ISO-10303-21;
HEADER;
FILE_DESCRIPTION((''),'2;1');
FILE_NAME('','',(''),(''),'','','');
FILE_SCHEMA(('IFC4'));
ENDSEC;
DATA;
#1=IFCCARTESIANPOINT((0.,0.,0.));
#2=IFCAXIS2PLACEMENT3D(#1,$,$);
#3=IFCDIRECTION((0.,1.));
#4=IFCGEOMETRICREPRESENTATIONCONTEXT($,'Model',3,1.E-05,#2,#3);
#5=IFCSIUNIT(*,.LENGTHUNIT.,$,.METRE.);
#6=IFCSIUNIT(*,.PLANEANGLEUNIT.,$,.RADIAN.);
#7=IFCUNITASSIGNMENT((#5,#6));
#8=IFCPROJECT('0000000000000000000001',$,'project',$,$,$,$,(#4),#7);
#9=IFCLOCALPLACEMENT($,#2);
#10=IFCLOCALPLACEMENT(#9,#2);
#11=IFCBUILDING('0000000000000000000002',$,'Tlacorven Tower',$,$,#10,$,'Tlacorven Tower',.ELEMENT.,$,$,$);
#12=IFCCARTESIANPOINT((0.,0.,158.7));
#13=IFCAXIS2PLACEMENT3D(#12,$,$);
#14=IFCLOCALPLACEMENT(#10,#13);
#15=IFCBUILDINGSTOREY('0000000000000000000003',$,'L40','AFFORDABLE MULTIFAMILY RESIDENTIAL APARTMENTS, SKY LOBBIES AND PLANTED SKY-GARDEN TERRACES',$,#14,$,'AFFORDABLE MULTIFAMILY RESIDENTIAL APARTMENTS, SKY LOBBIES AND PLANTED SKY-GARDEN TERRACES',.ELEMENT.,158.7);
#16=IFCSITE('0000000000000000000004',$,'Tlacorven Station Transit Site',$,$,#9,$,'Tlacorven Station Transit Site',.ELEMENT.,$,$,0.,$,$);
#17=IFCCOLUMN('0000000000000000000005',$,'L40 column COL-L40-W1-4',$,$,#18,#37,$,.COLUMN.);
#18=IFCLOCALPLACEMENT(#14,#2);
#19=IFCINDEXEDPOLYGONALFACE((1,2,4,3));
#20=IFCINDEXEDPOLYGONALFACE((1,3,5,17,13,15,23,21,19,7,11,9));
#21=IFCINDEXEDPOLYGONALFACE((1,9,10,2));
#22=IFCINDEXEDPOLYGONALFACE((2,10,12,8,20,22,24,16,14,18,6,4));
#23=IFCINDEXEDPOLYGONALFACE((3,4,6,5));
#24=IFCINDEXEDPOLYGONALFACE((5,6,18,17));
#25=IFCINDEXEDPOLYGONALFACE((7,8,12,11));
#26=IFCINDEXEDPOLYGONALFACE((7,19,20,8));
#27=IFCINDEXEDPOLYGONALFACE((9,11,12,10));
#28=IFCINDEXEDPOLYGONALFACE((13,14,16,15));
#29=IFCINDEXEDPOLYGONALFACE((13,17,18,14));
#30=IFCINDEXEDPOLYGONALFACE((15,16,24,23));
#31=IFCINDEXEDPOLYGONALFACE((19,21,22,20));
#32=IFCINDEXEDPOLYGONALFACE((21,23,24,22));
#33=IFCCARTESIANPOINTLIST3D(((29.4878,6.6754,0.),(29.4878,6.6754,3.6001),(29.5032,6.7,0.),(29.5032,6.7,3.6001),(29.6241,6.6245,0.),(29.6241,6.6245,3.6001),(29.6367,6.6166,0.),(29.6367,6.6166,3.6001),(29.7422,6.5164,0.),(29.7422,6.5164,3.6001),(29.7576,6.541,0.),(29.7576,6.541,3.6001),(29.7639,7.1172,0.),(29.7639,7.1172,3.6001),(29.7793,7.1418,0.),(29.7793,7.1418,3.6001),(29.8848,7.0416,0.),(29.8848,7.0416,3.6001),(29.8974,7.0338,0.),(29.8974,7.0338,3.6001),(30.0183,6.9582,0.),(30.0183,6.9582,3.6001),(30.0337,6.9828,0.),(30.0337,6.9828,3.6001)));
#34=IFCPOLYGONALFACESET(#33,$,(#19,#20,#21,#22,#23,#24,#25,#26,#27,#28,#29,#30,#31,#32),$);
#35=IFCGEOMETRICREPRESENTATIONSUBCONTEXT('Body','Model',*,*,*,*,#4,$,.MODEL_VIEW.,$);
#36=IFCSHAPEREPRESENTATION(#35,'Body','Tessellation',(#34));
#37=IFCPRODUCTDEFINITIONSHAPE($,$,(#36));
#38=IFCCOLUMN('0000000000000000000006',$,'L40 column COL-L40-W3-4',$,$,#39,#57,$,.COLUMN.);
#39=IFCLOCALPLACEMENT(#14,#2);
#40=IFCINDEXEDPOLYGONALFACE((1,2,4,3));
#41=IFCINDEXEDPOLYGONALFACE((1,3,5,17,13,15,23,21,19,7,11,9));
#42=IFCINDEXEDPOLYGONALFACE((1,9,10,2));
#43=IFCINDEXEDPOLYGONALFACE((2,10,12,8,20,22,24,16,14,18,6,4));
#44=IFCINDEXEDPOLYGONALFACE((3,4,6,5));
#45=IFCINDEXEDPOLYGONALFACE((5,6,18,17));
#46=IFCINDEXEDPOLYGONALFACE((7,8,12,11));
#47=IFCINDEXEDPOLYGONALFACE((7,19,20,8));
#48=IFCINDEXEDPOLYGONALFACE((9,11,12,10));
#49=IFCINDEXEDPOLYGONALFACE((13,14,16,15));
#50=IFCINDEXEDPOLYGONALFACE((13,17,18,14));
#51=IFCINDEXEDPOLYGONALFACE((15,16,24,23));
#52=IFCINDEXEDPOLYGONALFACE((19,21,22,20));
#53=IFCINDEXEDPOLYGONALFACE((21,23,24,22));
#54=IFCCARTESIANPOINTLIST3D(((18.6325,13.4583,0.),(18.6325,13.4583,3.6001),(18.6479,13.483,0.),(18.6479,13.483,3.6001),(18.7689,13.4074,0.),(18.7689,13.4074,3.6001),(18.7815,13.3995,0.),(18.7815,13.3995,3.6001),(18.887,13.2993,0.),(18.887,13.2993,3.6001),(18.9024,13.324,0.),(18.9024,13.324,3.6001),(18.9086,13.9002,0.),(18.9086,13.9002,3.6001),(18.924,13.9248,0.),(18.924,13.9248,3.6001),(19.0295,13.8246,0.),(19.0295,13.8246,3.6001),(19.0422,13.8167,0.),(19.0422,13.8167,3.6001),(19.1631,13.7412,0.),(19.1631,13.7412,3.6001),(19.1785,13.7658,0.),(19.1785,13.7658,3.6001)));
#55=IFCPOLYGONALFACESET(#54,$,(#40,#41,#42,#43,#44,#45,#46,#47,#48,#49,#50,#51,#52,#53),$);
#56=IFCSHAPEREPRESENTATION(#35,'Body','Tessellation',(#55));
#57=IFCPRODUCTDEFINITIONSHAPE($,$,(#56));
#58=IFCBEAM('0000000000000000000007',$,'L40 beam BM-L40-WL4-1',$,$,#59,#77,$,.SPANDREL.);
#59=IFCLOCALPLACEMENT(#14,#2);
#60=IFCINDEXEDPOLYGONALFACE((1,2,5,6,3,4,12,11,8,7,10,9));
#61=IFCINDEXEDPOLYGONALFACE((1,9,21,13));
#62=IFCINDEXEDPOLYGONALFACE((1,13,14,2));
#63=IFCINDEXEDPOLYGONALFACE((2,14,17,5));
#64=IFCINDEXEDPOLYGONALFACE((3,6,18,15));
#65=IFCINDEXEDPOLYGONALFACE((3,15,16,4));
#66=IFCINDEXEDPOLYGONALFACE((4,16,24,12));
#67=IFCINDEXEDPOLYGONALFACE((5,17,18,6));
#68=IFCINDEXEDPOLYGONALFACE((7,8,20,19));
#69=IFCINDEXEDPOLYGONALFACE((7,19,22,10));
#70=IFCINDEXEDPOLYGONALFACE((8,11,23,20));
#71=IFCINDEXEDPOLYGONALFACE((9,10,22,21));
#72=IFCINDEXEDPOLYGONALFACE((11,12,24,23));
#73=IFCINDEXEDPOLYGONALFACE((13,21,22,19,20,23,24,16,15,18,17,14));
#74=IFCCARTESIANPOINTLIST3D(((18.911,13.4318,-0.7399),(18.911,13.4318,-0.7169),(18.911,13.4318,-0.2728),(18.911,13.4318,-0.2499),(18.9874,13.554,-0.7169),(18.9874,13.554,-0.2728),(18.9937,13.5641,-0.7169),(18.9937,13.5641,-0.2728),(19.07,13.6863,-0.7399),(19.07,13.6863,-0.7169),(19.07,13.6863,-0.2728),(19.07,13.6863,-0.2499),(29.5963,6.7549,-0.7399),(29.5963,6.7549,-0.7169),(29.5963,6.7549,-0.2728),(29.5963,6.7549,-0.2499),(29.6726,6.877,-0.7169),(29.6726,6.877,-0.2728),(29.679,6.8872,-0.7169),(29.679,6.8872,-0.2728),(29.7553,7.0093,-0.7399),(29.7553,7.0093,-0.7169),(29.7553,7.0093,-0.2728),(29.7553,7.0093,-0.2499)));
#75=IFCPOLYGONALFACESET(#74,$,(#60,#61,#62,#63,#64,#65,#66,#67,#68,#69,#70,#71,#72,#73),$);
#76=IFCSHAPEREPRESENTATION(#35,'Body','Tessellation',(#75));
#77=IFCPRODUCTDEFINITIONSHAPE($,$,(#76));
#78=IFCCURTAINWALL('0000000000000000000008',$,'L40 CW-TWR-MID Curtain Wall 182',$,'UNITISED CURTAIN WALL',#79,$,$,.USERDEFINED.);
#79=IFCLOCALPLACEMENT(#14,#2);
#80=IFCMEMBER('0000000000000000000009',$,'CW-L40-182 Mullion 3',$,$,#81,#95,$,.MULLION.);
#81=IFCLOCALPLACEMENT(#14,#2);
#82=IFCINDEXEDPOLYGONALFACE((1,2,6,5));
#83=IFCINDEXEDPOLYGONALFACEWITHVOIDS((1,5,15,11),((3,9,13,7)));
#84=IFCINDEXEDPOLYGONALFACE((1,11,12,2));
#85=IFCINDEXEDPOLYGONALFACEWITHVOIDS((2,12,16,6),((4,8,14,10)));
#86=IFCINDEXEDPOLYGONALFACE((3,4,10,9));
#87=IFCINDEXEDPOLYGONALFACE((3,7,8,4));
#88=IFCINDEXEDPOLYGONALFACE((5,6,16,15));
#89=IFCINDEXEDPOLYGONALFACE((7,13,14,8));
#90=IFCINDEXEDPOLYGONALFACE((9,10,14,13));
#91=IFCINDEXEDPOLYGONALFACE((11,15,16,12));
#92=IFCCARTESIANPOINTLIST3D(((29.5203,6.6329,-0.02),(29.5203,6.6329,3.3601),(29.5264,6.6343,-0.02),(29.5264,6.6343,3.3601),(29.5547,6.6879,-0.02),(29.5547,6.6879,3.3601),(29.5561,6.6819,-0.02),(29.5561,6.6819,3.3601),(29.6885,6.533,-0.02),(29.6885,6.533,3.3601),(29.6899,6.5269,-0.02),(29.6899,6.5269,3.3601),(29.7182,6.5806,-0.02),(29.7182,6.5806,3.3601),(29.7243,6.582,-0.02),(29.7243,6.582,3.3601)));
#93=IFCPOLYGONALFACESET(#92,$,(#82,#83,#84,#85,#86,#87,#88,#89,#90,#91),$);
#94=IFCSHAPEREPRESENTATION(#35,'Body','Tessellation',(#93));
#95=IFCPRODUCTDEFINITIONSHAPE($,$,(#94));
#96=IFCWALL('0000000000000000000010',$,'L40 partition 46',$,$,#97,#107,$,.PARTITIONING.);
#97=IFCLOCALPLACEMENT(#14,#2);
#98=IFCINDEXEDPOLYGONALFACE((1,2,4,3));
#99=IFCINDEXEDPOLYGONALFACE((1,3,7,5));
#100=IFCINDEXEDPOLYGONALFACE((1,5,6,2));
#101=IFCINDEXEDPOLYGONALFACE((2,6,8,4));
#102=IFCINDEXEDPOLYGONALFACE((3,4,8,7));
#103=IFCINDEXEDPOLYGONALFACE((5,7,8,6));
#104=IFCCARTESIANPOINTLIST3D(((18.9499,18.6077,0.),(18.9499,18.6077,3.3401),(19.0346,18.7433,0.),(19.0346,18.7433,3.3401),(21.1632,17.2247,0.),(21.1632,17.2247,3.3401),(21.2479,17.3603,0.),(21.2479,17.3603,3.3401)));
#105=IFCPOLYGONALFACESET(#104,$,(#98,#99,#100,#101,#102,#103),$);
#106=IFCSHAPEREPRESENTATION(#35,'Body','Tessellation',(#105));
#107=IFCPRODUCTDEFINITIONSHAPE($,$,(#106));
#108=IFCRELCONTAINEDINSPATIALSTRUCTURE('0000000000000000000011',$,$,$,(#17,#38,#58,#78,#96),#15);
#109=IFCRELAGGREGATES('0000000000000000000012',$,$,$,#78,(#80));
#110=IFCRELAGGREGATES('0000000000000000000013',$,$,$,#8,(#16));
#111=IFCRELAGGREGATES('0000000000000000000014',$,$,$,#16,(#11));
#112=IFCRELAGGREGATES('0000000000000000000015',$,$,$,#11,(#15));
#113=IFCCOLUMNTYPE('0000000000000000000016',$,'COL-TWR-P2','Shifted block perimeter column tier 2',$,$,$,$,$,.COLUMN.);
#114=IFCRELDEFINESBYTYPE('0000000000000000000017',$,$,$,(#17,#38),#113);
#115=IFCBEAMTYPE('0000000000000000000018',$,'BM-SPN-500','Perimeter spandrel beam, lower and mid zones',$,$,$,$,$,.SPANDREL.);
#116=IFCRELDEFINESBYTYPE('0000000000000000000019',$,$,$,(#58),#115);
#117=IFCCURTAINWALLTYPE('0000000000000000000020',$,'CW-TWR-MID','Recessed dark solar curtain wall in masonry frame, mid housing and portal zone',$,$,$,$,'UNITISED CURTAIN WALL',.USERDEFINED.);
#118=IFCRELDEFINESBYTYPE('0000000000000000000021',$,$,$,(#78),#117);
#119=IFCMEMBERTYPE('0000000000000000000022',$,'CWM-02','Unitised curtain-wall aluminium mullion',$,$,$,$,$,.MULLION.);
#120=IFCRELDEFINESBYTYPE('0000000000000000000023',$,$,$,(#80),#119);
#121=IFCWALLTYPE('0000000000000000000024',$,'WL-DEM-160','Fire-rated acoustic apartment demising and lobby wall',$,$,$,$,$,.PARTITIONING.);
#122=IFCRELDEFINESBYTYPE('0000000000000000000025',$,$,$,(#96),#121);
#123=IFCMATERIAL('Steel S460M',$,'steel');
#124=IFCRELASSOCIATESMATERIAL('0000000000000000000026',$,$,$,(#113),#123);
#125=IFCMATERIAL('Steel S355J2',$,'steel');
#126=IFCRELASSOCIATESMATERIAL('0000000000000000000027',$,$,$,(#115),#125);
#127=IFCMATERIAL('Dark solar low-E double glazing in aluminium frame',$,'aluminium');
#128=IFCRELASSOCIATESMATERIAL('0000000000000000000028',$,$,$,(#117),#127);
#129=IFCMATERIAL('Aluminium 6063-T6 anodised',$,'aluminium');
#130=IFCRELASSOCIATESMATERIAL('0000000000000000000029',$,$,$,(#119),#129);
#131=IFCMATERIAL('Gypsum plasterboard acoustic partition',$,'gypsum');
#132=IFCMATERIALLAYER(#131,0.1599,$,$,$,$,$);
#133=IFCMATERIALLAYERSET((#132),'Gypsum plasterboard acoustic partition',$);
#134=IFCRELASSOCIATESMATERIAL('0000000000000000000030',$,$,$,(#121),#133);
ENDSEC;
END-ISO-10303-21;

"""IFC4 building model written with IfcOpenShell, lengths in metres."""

from ifc_helpers import new_model, si_unit, direction, frame, frame_2d, origin, origin_2d, place, context, subcontext, project, spatial, rectangle, hollow_rectangle, i_section, extrude, source, transform, mapped, material, layer, layer_set, material_profile, profile_set, type_object, element, aggregate, save


model = new_model("IFC4")

# Units and contexts
model_context = context("Model", 3, precision=1e-05, world=origin(), true_north=direction((0.0, 1.0)))
body_context = subcontext(model_context, "Body", "Model", "MODEL_VIEW")
ifc_project = project(units=[si_unit("LENGTHUNIT", "METRE"), si_unit("PLANEANGLEUNIT", "RADIAN")], contexts=[model_context])

# Site, building, storey
site_placement = place(None, origin())
site = spatial("IfcSite", under=ifc_project, at=site_placement, Name="Tlacorven Station Transit Site", LongName="Tlacorven Station Transit Site", CompositionType="ELEMENT", RefElevation=0.0)
building_placement = place(site_placement, origin())
building = spatial("IfcBuilding", under=site, at=building_placement, Name="Tlacorven Tower", LongName="Tlacorven Tower", CompositionType="ELEMENT")
storey_placement = place(building_placement, frame((0.0, 0.0, 158.7)))
storey = spatial("IfcBuildingStorey", under=building, at=storey_placement, Name="L40", Description="AFFORDABLE MULTIFAMILY RESIDENTIAL APARTMENTS, SKY LOBBIES AND PLANTED SKY-GARDEN TERRACES", LongName="AFFORDABLE MULTIFAMILY RESIDENTIAL APARTMENTS, SKY LOBBIES AND PLANTED SKY-GARDEN TERRACES", CompositionType="ELEMENT", Elevation=158.7)

# Columns
ifc_material_1 = material(Name="Steel S460M", Category="steel")
ifc_material_profile_1 = material_profile(ifc_material_1, i_section(OverallWidth=0.3, OverallDepth=0.55, WebThickness=0.0149, FlangeThickness=0.0291, at=origin_2d()), Name="HEB 550")
ifc_profile_set_1 = profile_set([ifc_material_profile_1], Name="Steel S460M")
column_type = type_object("IfcColumnType", Name="COL-TWR-P2", Description="Shifted block perimeter column tier 2", PredefinedType="COLUMN", material=ifc_profile_set_1)
shared_shape_1 = source(origin(), body_context, "Body", "SweptSolid", [
    extrude(i_section(OverallWidth=0.3, OverallDepth=0.55, WebThickness=0.0149, FlangeThickness=0.0291, at=origin_2d()), origin(), (0.0, 0.0, 1.0), 3.6001),
])
for number, where, z_axis, x_axis, name in (
    (1, (29.7607, 6.8291, 0.0), (0.0, 0.0, 1.0), (-0.848048, 0.529919, 0.0), "L40 column COL-L40-W1-4"),
    (2, (18.9055, 13.6121, 0.0), (0.0, 0.0, 1.0), (-0.848048, 0.529919, 0.0), "L40 column COL-L40-W3-4"),
):
    element("IfcColumn", number, at=place(storey_placement, frame(where, z_axis=z_axis, x_axis=x_axis)), inside=storey, type_object=column_type, Name=name, PredefinedType="COLUMN", context=body_context, shape_type="MappedRepresentation", body=[
        mapped(shared_shape_1, transform((0.0, 0.0, 0.0), scale=1.0)),
    ])

# Beam
ifc_material_2 = material(Name="Steel S355J2", Category="steel")
ifc_material_profile_2 = material_profile(ifc_material_2, i_section(OverallWidth=0.3, OverallDepth=0.49, WebThickness=0.012, FlangeThickness=0.0229, at=origin_2d()), Name="HEA 500")
ifc_profile_set_2 = profile_set([ifc_material_profile_2], Name="Steel S355J2")
beam_type = type_object("IfcBeamType", Name="BM-SPN-500", Description="Perimeter spandrel beam, lower and mid zones", PredefinedType="SPANDREL", material=ifc_profile_set_2)
shared_shape_2 = source(origin(), body_context, "Body", "SweptSolid", [
    extrude(i_section(OverallWidth=0.3, OverallDepth=0.49, WebThickness=0.012, FlangeThickness=0.0229, at=origin_2d()), origin(), (0.0, 0.0, 1.0), 12.5999),
])
beam_placement = place(storey_placement, frame((29.6758, 6.8821, -0.4949), z_axis=(-0.848045, 0.529924, 0.0), x_axis=(-0.529924, -0.848045, 0.0)))
element("IfcBeam", 3, at=beam_placement, inside=storey, type_object=beam_type, Name="L40 beam BM-L40-WL4-1", PredefinedType="SPANDREL", context=body_context, shape_type="MappedRepresentation", body=[
    mapped(shared_shape_2, transform((0.0, 0.0, 0.0), scale=1.0)),
])

# Curtain wall, member
ifc_material_3 = material(Name="Dark solar low-E double glazing in aluminium frame", Category="aluminium")
curtain_wall_type = type_object("IfcCurtainWallType", Name="CW-TWR-MID", Description="Recessed dark solar curtain wall in masonry frame, mid housing and portal zone", ElementType="UNITISED CURTAIN WALL", PredefinedType="USERDEFINED", material=ifc_material_3)
curtain_wall_placement = place(storey_placement, origin())
curtain_wall = element("IfcCurtainWall", 4, at=curtain_wall_placement, inside=storey, type_object=curtain_wall_type, Name="L40 CW-TWR-MID Curtain Wall 182", ObjectType="UNITISED CURTAIN WALL", PredefinedType="USERDEFINED")
ifc_material_4 = material(Name="Aluminium 6063-T6 anodised", Category="aluminium")
ifc_material_profile_3 = material_profile(ifc_material_4, hollow_rectangle(XDim=0.0649, YDim=0.2, WallThickness=0.0044, at=origin_2d()), Name="ALU MULLION 65X200")
ifc_profile_set_3 = profile_set([ifc_material_profile_3], Name="Aluminium 6063-T6 anodised")
member_type = type_object("IfcMemberType", Name="CWM-02", Description="Unitised curtain-wall aluminium mullion", PredefinedType="MULLION", material=ifc_profile_set_3)
shared_shape_3 = source(origin(), body_context, "Body", "SweptSolid", [
    extrude(hollow_rectangle(XDim=0.0649, YDim=0.2, WallThickness=0.0044, at=origin_2d()), origin(), (0.0, 0.0, 1.0), 3.3801),
])
member_placement = place(storey_placement, frame((29.6223, 6.6074, -0.02), z_axis=(0.0, 0.0, 1.0), x_axis=(-0.529919, -0.848048, 0.0)))
member = element("IfcMember", 5, at=member_placement, type_object=member_type, Name="CW-L40-182 Mullion 3", PredefinedType="MULLION", context=body_context, shape_type="MappedRepresentation", body=[
    mapped(shared_shape_3, transform((0.0, 0.0, 0.0), scale=1.0)),
])
aggregate(curtain_wall, [member])

# Wall
ifc_material_5 = material(Name="Gypsum plasterboard acoustic partition", Category="gypsum")
ifc_layer_1 = layer(ifc_material_5, 0.1599)
ifc_layer_set_1 = layer_set([ifc_layer_1], Name="Gypsum plasterboard acoustic partition")
wall_type_1 = type_object("IfcWallType", Name="WL-DEM-160", Description="Fire-rated acoustic apartment demising and lobby wall", PredefinedType="PARTITIONING", material=ifc_layer_set_1)
wall_1_placement = place(storey_placement, frame((21.2056, 17.2925, 0.0), z_axis=(0.0, 0.0, 1.0), x_axis=(-0.848051, 0.529915, 0.0)))
element("IfcWall", 6, at=wall_1_placement, inside=storey, type_object=wall_type_1, Name="L40 partition 46", PredefinedType="PARTITIONING", context=body_context, shape_type="SweptSolid", body=[
    extrude(rectangle(XDim=2.6099, YDim=0.1599, at=frame_2d((1.3049, 0.0))), origin(), (0.0, 0.0, 1.0), 3.3401),
])

save(model, "model.ifc")
